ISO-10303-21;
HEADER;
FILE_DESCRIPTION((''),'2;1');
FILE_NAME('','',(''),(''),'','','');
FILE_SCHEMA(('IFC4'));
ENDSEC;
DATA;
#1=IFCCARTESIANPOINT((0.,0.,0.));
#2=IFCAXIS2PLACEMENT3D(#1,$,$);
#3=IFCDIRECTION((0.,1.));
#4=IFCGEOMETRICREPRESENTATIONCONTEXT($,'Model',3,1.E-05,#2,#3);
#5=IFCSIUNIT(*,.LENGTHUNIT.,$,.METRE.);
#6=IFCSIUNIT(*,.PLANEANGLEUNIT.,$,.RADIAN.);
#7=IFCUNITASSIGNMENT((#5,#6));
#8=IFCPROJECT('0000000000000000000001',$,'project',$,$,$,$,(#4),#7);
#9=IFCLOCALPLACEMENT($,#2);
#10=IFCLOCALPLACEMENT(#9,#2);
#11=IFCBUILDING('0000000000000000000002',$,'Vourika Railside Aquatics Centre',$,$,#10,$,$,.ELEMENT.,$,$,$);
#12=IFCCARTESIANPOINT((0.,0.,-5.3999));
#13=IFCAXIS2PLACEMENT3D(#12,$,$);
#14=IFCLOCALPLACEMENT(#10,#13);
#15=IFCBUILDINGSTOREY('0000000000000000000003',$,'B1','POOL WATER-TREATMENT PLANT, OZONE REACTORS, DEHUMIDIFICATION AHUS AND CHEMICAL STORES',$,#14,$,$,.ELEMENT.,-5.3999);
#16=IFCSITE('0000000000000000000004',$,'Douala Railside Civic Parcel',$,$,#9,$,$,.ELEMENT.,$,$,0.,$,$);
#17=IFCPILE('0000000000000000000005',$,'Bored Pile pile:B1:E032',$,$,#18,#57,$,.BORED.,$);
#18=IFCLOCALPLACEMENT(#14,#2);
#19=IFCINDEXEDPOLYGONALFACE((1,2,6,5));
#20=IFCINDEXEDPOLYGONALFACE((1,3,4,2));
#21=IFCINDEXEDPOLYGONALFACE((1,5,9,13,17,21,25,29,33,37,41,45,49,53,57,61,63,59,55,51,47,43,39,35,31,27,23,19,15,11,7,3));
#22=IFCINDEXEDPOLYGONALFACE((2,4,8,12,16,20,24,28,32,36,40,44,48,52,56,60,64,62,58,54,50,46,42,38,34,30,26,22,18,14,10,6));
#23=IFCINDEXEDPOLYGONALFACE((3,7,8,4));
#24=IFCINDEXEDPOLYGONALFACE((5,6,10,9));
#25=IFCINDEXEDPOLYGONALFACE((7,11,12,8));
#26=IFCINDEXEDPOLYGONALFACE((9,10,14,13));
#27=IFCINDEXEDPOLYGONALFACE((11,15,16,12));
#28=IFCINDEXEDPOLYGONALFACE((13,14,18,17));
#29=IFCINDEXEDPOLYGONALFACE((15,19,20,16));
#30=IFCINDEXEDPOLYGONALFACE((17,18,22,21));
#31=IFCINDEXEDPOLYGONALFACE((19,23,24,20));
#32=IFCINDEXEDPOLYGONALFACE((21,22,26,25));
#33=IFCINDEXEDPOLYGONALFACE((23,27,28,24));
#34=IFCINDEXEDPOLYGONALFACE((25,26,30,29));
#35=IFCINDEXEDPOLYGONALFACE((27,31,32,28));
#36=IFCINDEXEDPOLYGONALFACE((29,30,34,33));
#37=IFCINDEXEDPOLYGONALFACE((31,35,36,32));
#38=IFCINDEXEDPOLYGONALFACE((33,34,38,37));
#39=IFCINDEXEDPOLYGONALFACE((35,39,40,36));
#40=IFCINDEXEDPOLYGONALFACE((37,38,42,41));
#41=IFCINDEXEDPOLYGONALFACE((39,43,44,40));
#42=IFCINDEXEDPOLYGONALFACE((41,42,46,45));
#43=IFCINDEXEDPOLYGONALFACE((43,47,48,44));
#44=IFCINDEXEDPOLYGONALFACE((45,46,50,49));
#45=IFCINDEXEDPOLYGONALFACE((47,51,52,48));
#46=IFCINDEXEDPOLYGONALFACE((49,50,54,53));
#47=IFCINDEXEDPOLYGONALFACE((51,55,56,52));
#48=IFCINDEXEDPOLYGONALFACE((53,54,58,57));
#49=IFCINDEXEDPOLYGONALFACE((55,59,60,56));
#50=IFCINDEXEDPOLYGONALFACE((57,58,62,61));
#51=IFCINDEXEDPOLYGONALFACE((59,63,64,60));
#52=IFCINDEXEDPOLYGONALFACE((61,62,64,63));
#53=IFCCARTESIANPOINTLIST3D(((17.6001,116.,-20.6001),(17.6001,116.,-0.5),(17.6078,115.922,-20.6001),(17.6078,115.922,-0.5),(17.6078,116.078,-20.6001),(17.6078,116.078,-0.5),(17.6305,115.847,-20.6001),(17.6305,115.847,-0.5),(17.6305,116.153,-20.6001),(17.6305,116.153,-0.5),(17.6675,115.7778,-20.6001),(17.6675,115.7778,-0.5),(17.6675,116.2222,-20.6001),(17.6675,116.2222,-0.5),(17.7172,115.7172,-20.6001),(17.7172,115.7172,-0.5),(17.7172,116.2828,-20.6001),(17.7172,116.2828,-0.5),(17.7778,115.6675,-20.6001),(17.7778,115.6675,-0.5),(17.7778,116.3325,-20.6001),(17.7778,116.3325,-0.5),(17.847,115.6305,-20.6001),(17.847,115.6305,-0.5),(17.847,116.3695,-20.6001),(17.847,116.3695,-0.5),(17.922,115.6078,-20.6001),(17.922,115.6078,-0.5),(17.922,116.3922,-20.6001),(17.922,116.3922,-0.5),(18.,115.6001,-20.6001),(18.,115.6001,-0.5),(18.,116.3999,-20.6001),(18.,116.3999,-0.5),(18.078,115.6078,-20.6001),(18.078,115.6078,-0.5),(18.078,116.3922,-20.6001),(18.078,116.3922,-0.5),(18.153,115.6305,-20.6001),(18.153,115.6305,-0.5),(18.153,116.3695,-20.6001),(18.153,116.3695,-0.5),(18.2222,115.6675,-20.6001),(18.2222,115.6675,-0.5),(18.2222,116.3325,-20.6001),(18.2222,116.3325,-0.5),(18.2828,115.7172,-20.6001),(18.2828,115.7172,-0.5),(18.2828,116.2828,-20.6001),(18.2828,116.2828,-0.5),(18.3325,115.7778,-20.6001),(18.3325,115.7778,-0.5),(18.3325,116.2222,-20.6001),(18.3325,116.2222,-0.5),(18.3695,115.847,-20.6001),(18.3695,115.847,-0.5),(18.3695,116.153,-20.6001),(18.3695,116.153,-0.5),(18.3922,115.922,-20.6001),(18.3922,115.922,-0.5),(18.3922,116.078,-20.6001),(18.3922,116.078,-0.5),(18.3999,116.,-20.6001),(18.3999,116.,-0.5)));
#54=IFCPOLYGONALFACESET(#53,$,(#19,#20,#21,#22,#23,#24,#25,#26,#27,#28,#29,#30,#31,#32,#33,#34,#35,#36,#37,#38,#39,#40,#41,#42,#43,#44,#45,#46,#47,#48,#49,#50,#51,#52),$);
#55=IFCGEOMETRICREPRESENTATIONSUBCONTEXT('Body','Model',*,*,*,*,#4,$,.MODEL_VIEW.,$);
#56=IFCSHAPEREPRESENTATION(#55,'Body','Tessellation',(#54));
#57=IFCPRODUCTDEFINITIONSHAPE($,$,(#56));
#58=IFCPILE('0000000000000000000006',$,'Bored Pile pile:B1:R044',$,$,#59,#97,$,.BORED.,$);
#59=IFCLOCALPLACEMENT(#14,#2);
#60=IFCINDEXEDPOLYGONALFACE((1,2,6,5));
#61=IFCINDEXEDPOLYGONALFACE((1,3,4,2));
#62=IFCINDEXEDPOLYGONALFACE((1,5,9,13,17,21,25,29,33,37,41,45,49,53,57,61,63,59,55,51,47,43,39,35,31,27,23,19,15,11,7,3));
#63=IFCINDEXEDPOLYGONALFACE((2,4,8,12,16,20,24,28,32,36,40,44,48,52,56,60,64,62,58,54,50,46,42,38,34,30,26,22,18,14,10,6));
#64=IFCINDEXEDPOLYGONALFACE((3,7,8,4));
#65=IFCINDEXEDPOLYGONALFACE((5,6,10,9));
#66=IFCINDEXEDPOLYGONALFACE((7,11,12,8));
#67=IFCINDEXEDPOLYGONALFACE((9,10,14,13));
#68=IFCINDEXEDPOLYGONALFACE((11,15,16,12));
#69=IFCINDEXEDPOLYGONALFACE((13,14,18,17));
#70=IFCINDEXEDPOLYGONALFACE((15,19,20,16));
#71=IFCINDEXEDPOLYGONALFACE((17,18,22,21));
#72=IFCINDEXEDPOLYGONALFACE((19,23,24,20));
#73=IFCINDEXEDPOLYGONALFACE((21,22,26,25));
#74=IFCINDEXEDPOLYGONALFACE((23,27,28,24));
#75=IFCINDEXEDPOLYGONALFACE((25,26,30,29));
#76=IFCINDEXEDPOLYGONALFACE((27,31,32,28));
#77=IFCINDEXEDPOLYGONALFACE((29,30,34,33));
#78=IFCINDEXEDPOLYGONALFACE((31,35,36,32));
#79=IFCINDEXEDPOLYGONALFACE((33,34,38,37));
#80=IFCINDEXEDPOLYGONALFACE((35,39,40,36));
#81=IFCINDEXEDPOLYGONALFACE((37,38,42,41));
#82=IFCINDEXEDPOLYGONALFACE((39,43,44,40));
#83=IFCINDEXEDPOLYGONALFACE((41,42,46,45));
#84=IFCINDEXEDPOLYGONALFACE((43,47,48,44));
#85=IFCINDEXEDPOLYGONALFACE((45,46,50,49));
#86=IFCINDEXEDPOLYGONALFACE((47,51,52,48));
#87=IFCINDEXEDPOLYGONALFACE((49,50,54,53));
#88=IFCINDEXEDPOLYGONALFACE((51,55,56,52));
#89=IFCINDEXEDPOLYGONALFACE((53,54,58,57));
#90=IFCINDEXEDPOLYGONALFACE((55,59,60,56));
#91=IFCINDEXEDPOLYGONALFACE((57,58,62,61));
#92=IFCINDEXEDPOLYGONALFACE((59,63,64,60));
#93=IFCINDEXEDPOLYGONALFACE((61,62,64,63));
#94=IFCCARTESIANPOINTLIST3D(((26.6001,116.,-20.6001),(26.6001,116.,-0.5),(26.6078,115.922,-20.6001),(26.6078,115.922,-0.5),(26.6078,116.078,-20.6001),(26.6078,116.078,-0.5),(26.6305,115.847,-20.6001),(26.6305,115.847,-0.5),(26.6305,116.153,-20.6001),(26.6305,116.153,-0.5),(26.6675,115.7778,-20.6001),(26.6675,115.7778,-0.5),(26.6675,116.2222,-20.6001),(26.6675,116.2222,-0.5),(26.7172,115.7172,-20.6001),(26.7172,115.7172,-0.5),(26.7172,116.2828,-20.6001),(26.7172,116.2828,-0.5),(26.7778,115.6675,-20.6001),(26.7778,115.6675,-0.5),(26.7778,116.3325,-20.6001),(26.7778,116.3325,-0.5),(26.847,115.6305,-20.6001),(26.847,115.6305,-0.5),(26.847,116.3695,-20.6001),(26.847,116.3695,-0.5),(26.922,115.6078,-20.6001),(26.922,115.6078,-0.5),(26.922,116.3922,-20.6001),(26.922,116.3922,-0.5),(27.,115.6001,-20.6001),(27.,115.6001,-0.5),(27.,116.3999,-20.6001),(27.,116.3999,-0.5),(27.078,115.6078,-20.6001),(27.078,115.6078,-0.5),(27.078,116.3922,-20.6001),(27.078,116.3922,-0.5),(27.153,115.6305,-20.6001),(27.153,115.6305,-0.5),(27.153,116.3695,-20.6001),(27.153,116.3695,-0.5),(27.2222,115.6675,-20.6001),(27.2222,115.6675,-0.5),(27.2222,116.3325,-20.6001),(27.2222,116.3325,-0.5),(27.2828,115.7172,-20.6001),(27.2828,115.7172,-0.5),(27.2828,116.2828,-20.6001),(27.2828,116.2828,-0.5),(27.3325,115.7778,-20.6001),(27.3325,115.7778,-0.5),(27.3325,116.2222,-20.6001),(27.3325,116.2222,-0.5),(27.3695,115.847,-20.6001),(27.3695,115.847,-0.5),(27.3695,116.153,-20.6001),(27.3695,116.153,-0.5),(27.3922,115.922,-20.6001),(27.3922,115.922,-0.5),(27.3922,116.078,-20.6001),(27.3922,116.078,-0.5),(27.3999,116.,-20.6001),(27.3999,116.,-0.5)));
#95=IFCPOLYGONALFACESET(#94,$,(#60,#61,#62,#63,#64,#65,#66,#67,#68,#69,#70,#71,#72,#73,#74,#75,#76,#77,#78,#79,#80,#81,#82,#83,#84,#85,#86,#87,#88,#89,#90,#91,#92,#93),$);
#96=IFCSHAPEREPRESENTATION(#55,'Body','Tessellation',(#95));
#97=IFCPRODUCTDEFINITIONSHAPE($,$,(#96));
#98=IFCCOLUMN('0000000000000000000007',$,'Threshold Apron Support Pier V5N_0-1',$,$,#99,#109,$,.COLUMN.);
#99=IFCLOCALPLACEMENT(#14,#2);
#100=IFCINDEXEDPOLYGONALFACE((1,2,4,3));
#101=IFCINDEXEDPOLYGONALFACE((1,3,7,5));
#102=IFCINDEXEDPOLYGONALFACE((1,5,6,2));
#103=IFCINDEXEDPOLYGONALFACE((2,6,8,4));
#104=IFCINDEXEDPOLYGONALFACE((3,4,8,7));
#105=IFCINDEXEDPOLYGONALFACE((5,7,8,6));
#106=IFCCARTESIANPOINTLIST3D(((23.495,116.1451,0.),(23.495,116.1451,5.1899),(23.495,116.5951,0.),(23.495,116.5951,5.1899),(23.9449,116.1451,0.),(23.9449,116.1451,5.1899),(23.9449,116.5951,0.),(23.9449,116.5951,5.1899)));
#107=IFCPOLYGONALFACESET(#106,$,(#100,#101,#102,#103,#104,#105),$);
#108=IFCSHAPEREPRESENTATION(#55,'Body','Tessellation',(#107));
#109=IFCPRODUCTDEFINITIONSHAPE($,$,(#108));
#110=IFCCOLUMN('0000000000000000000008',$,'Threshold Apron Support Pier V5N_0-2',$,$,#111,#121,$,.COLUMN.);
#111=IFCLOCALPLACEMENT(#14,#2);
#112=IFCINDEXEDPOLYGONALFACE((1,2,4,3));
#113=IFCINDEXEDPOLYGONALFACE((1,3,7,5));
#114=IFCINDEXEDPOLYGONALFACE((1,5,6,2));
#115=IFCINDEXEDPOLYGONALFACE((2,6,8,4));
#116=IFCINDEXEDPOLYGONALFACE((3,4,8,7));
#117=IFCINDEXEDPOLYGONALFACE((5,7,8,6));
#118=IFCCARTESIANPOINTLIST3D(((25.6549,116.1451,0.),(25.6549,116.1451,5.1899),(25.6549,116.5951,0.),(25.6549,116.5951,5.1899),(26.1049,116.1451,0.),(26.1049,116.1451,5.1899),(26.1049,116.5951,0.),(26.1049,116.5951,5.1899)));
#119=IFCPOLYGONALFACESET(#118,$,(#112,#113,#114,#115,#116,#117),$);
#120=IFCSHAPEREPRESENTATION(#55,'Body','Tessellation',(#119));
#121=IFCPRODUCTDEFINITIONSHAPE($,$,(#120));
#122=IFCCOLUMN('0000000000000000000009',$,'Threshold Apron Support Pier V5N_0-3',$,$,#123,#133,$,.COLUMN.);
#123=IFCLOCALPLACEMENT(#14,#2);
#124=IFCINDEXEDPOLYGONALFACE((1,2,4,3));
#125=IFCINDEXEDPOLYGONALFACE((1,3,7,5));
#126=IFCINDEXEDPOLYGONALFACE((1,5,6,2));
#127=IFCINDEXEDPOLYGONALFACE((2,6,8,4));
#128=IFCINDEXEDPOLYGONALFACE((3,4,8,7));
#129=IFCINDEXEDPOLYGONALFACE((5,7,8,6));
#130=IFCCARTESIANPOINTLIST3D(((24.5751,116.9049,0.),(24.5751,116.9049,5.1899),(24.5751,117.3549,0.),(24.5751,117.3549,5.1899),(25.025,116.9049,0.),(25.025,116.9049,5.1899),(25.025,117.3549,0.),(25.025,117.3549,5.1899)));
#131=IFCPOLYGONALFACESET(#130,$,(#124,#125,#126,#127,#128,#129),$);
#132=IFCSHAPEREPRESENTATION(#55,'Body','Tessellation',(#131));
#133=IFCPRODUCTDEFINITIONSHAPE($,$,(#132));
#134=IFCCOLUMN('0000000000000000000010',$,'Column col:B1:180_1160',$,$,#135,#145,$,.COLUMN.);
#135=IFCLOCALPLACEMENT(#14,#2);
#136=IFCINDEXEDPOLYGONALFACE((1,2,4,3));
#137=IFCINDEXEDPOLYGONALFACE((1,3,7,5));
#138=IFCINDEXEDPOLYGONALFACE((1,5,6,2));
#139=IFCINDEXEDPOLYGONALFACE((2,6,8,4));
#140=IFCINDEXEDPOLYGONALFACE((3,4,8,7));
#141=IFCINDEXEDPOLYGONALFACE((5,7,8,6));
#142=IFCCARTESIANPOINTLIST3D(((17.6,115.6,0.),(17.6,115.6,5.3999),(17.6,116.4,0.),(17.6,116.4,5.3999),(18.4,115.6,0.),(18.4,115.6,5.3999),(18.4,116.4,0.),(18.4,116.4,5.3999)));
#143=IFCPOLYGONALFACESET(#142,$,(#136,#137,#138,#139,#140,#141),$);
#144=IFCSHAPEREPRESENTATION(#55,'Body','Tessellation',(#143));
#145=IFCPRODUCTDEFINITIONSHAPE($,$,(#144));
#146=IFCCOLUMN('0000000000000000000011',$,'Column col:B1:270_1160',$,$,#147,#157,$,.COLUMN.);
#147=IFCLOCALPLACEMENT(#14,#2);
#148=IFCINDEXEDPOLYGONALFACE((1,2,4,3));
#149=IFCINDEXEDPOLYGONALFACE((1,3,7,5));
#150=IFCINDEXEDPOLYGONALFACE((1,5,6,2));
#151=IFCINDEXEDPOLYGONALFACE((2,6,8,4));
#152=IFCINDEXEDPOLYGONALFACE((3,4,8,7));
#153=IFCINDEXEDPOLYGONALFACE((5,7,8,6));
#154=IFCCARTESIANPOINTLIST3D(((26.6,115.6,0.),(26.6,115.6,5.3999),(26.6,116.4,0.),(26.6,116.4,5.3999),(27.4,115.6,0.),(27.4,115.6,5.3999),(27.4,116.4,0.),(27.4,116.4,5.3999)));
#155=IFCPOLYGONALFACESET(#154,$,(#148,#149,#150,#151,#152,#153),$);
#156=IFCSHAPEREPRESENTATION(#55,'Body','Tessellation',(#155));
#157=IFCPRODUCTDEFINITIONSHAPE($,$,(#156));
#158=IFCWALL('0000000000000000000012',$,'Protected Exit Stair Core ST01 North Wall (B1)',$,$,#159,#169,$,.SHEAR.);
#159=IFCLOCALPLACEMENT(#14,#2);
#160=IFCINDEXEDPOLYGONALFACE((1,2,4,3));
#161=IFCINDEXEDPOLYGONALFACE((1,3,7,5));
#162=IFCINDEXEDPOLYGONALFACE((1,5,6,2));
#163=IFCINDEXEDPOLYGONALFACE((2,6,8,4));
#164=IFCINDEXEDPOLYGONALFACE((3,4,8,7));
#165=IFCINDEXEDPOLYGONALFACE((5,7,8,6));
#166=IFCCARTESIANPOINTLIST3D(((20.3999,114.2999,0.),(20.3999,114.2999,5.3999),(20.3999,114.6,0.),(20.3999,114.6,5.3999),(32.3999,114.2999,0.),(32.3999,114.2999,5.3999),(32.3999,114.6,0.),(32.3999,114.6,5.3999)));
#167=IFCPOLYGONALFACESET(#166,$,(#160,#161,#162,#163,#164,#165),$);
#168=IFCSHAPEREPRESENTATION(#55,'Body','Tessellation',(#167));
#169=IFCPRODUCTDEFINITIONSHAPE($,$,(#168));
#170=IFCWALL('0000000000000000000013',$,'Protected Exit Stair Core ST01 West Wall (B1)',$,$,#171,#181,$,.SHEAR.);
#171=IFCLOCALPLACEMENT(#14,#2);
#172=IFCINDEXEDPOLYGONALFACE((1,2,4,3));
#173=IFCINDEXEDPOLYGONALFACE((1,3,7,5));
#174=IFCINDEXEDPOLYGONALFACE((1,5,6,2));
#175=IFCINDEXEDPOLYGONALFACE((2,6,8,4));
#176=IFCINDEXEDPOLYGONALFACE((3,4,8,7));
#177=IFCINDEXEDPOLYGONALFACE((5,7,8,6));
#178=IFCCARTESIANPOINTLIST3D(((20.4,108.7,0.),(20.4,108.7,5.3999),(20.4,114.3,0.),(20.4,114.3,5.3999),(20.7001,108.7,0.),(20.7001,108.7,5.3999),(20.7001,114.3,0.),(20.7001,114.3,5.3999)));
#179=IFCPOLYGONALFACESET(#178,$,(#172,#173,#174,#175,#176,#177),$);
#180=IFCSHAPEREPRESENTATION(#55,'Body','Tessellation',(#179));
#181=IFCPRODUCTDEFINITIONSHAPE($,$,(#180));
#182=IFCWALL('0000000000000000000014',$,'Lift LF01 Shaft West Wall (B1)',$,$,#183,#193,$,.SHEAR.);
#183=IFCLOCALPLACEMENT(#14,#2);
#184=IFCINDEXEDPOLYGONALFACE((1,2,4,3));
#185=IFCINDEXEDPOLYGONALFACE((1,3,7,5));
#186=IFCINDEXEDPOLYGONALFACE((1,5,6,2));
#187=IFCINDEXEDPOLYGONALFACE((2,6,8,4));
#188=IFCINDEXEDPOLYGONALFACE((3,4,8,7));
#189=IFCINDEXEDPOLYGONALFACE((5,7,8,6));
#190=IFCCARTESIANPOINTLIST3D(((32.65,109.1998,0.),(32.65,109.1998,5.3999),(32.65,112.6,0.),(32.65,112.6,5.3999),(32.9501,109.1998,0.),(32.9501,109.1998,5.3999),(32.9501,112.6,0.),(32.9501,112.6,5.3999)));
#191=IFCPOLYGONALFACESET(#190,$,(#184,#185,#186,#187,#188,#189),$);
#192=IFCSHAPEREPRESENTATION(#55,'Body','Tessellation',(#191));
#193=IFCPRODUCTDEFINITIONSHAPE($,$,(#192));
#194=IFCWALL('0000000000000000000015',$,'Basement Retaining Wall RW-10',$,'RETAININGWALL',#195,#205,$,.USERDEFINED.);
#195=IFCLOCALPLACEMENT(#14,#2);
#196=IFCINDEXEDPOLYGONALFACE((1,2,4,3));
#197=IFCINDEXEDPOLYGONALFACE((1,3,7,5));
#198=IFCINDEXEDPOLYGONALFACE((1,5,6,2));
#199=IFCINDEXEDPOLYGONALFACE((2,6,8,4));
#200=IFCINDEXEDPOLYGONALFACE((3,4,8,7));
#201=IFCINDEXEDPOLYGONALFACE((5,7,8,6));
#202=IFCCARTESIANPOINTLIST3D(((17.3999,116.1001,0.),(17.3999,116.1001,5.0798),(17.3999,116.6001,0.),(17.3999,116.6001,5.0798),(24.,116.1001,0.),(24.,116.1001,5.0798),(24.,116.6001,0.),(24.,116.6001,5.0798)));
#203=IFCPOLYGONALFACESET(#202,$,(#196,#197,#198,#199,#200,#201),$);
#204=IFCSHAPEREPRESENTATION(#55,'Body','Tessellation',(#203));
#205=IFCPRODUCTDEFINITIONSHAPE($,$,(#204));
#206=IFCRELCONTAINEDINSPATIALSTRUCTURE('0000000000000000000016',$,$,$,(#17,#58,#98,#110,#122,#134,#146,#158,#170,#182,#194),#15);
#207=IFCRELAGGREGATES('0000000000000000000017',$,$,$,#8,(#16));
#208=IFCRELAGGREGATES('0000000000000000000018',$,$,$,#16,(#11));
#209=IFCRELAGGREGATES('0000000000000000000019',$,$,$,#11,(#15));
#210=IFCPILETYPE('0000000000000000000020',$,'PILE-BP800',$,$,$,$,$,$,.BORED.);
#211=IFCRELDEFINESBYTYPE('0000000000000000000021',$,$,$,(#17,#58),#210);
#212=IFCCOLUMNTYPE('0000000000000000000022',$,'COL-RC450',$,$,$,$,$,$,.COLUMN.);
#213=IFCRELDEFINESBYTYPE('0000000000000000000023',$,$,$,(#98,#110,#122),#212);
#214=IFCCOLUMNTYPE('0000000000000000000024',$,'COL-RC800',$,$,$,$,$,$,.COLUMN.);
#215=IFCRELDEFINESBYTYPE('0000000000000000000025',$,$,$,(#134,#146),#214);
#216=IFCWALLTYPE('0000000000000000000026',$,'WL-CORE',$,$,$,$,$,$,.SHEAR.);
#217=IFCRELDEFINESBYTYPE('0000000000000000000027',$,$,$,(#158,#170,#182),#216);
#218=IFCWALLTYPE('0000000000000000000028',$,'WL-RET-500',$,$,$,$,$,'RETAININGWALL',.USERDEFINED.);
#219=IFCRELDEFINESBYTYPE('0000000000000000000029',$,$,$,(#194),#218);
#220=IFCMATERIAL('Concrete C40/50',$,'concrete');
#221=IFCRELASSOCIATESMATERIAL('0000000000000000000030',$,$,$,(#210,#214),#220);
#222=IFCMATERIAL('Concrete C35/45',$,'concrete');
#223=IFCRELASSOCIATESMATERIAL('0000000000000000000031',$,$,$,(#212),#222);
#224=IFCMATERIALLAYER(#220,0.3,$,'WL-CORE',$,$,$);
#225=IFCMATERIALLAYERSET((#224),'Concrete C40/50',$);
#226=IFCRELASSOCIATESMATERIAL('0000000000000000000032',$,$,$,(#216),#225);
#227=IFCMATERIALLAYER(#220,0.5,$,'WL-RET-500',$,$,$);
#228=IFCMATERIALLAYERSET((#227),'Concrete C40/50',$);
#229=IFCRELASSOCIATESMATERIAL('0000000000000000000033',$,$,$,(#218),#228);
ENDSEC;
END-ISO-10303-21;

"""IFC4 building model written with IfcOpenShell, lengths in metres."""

from ifc_helpers import new_model, si_unit, direction, frame, frame_2d, origin, origin_2d, place, context, subcontext, project, spatial, rectangle, circle, extrude, material, layer, layer_set, material_profile, profile_set, type_object, element, save


model = new_model("IFC4")

# Units and contexts
model_context = context("Model", 3, precision=1e-05, world=origin(), true_north=direction((0.0, 1.0)))
body_context = subcontext(model_context, "Body", "Model", "MODEL_VIEW")
ifc_project = project(units=[si_unit("LENGTHUNIT", "METRE"), si_unit("PLANEANGLEUNIT", "RADIAN")], contexts=[model_context])

# Site, building, storey
site_placement = place(None, origin())
site = spatial("IfcSite", under=ifc_project, at=site_placement, Name="Douala Railside Civic Parcel", CompositionType="ELEMENT", RefElevation=0.0)
building_placement = place(site_placement, origin())
building = spatial("IfcBuilding", under=site, at=building_placement, Name="Vourika Railside Aquatics Centre", CompositionType="ELEMENT")
storey_placement = place(building_placement, frame((0.0, 0.0, -5.3999)))
storey = spatial("IfcBuildingStorey", under=building, at=storey_placement, Name="B1", Description="POOL WATER-TREATMENT PLANT, OZONE REACTORS, DEHUMIDIFICATION AHUS AND CHEMICAL STORES", CompositionType="ELEMENT", Elevation=-5.3999)

# Piles
ifc_material_1 = material(Name="Concrete C40/50", Category="concrete")
ifc_material_profile_1 = material_profile(ifc_material_1, circle(Radius=0.3999, at=origin_2d()), Name="BP 800")
ifc_profile_set_1 = profile_set([ifc_material_profile_1], Name="Concrete C40/50")
pile_type = type_object("IfcPileType", Name="PILE-BP800", PredefinedType="BORED", material=ifc_profile_set_1)
for number, where, z_axis, x_axis, name in (
    (1, (18.0, 116.0, -0.5), (0.0, 0.0, -1.0), (1.0, 0.0, 0.0), "Bored Pile pile:B1:E032"),
    (2, (27.0, 116.0, -0.5), (0.0, 0.0, -1.0), (1.0, 0.0, 0.0), "Bored Pile pile:B1:R044"),
):
    element("IfcPile", number, at=place(storey_placement, frame(where, z_axis=z_axis, x_axis=x_axis)), inside=storey, type_object=pile_type, Name=name, PredefinedType="BORED", context=body_context, shape_type="SweptSolid", body=[
        extrude(circle(Radius=0.3999, at=origin_2d()), origin(), (0.0, 0.0, 1.0), 20.1001),
    ])

# Columns
ifc_material_2 = material(Name="Concrete C35/45", Category="concrete")
ifc_material_profile_2 = material_profile(ifc_material_2, rectangle(XDim=0.45, YDim=0.45, at=origin_2d()), Name="RC 450x450")
ifc_profile_set_2 = profile_set([ifc_material_profile_2], Name="Concrete C35/45")
column_type_1 = type_object("IfcColumnType", Name="COL-RC450", PredefinedType="COLUMN", material=ifc_profile_set_2)
for number, where, z_axis, x_axis, name in (
    (3, (23.72, 116.3701, 0.0), (0.0, 0.0, 1.0), (1.0, 0.0, 0.0), "Threshold Apron Support Pier V5N_0-1"),
    (4, (25.8799, 116.3701, 0.0), (0.0, 0.0, 1.0), (1.0, 0.0, 0.0), "Threshold Apron Support Pier V5N_0-2"),
    (5, (24.8, 117.1299, 0.0), (0.0, 0.0, 1.0), (1.0, 0.0, 0.0), "Threshold Apron Support Pier V5N_0-3"),
):
    element("IfcColumn", number, at=place(storey_placement, frame(where, z_axis=z_axis, x_axis=x_axis)), inside=storey, type_object=column_type_1, Name=name, PredefinedType="COLUMN", context=body_context, shape_type="SweptSolid", body=[
        extrude(rectangle(XDim=0.45, YDim=0.45, at=origin_2d()), origin(), (0.0, 0.0, 1.0), 5.1899),
    ])
ifc_material_profile_3 = material_profile(ifc_material_1, rectangle(XDim=0.8, YDim=0.8, at=origin_2d()), Name="RC 800x800")
ifc_profile_set_3 = profile_set([ifc_material_profile_3], Name="Concrete C40/50")
column_type_2 = type_object("IfcColumnType", Name="COL-RC800", PredefinedType="COLUMN", material=ifc_profile_set_3)
for number, where, z_axis, x_axis, name in (
    (6, (18.0, 116.0, 0.0), (0.0, 0.0, 1.0), (1.0, 0.0, 0.0), "Column col:B1:180_1160"),
    (7, (27.0, 116.0, 0.0), (0.0, 0.0, 1.0), (1.0, 0.0, 0.0), "Column col:B1:270_1160"),
):
    element("IfcColumn", number, at=place(storey_placement, frame(where, z_axis=z_axis, x_axis=x_axis)), inside=storey, type_object=column_type_2, Name=name, PredefinedType="COLUMN", context=body_context, shape_type="SweptSolid", body=[
        extrude(rectangle(XDim=0.8, YDim=0.8, at=origin_2d()), origin(), (0.0, 0.0, 1.0), 5.3999),
    ])

# Walls
ifc_layer_1 = layer(ifc_material_1, 0.3, Name="WL-CORE")
ifc_layer_set_1 = layer_set([ifc_layer_1], Name="Concrete C40/50")
wall_type_1 = type_object("IfcWallType", Name="WL-CORE", PredefinedType="SHEAR", material=ifc_layer_set_1)
wall_1_placement = place(storey_placement, frame((32.3999, 114.45, 0.0), z_axis=(0.0, 0.0, 1.0), x_axis=(-1.0, 0.0, 0.0)))
element("IfcWall", 8, at=wall_1_placement, inside=storey, type_object=wall_type_1, Name="Protected Exit Stair Core ST01 North Wall (B1)", PredefinedType="SHEAR", context=body_context, shape_type="SweptSolid", body=[
    extrude(rectangle(XDim=12.0, YDim=0.3, at=frame_2d((6.0, 0.0))), origin(), (0.0, 0.0, 1.0), 5.3999),
])
wall_2_placement = place(storey_placement, frame((20.55, 114.3, 0.0), z_axis=(0.0, 0.0, 1.0), x_axis=(0.0, -1.0, 0.0)))
element("IfcWall", 9, at=wall_2_placement, inside=storey, type_object=wall_type_1, Name="Protected Exit Stair Core ST01 West Wall (B1)", PredefinedType="SHEAR", context=body_context, shape_type="SweptSolid", body=[
    extrude(rectangle(XDim=5.6001, YDim=0.3, at=frame_2d((2.8, 0.0))), origin(), (0.0, 0.0, 1.0), 5.3999),
])
wall_3_placement = place(storey_placement, frame((32.8, 112.6001, 0.0), z_axis=(0.0, 0.0, 1.0), x_axis=(0.0, -1.0, 0.0)))
element("IfcWall", 10, at=wall_3_placement, inside=storey, type_object=wall_type_1, Name="Lift LF01 Shaft West Wall (B1)", PredefinedType="SHEAR", context=body_context, shape_type="SweptSolid", body=[
    extrude(rectangle(XDim=3.4001, YDim=0.3, at=frame_2d((1.7002, 0.0))), origin(), (0.0, 0.0, 1.0), 5.3999),
])
ifc_layer_2 = layer(ifc_material_1, 0.5, Name="WL-RET-500")
ifc_layer_set_2 = layer_set([ifc_layer_2], Name="Concrete C40/50")
wall_type_2 = type_object("IfcWallType", Name="WL-RET-500", ElementType="RETAININGWALL", PredefinedType="USERDEFINED", material=ifc_layer_set_2)
wall_4_placement = place(storey_placement, frame((17.3999, 116.3501, 0.0), z_axis=(0.0, 0.0, 1.0), x_axis=(1.0, 0.0, 0.0)))
element("IfcWall", 11, at=wall_4_placement, inside=storey, type_object=wall_type_2, Name="Basement Retaining Wall RW-10", ObjectType="RETAININGWALL", PredefinedType="USERDEFINED", context=body_context, shape_type="SweptSolid", body=[
    extrude(rectangle(XDim=6.6001, YDim=0.5, at=frame_2d((3.3, 0.0))), origin(), (0.0, 0.0, 1.0), 5.0798),
])

save(model, "model.ifc")
